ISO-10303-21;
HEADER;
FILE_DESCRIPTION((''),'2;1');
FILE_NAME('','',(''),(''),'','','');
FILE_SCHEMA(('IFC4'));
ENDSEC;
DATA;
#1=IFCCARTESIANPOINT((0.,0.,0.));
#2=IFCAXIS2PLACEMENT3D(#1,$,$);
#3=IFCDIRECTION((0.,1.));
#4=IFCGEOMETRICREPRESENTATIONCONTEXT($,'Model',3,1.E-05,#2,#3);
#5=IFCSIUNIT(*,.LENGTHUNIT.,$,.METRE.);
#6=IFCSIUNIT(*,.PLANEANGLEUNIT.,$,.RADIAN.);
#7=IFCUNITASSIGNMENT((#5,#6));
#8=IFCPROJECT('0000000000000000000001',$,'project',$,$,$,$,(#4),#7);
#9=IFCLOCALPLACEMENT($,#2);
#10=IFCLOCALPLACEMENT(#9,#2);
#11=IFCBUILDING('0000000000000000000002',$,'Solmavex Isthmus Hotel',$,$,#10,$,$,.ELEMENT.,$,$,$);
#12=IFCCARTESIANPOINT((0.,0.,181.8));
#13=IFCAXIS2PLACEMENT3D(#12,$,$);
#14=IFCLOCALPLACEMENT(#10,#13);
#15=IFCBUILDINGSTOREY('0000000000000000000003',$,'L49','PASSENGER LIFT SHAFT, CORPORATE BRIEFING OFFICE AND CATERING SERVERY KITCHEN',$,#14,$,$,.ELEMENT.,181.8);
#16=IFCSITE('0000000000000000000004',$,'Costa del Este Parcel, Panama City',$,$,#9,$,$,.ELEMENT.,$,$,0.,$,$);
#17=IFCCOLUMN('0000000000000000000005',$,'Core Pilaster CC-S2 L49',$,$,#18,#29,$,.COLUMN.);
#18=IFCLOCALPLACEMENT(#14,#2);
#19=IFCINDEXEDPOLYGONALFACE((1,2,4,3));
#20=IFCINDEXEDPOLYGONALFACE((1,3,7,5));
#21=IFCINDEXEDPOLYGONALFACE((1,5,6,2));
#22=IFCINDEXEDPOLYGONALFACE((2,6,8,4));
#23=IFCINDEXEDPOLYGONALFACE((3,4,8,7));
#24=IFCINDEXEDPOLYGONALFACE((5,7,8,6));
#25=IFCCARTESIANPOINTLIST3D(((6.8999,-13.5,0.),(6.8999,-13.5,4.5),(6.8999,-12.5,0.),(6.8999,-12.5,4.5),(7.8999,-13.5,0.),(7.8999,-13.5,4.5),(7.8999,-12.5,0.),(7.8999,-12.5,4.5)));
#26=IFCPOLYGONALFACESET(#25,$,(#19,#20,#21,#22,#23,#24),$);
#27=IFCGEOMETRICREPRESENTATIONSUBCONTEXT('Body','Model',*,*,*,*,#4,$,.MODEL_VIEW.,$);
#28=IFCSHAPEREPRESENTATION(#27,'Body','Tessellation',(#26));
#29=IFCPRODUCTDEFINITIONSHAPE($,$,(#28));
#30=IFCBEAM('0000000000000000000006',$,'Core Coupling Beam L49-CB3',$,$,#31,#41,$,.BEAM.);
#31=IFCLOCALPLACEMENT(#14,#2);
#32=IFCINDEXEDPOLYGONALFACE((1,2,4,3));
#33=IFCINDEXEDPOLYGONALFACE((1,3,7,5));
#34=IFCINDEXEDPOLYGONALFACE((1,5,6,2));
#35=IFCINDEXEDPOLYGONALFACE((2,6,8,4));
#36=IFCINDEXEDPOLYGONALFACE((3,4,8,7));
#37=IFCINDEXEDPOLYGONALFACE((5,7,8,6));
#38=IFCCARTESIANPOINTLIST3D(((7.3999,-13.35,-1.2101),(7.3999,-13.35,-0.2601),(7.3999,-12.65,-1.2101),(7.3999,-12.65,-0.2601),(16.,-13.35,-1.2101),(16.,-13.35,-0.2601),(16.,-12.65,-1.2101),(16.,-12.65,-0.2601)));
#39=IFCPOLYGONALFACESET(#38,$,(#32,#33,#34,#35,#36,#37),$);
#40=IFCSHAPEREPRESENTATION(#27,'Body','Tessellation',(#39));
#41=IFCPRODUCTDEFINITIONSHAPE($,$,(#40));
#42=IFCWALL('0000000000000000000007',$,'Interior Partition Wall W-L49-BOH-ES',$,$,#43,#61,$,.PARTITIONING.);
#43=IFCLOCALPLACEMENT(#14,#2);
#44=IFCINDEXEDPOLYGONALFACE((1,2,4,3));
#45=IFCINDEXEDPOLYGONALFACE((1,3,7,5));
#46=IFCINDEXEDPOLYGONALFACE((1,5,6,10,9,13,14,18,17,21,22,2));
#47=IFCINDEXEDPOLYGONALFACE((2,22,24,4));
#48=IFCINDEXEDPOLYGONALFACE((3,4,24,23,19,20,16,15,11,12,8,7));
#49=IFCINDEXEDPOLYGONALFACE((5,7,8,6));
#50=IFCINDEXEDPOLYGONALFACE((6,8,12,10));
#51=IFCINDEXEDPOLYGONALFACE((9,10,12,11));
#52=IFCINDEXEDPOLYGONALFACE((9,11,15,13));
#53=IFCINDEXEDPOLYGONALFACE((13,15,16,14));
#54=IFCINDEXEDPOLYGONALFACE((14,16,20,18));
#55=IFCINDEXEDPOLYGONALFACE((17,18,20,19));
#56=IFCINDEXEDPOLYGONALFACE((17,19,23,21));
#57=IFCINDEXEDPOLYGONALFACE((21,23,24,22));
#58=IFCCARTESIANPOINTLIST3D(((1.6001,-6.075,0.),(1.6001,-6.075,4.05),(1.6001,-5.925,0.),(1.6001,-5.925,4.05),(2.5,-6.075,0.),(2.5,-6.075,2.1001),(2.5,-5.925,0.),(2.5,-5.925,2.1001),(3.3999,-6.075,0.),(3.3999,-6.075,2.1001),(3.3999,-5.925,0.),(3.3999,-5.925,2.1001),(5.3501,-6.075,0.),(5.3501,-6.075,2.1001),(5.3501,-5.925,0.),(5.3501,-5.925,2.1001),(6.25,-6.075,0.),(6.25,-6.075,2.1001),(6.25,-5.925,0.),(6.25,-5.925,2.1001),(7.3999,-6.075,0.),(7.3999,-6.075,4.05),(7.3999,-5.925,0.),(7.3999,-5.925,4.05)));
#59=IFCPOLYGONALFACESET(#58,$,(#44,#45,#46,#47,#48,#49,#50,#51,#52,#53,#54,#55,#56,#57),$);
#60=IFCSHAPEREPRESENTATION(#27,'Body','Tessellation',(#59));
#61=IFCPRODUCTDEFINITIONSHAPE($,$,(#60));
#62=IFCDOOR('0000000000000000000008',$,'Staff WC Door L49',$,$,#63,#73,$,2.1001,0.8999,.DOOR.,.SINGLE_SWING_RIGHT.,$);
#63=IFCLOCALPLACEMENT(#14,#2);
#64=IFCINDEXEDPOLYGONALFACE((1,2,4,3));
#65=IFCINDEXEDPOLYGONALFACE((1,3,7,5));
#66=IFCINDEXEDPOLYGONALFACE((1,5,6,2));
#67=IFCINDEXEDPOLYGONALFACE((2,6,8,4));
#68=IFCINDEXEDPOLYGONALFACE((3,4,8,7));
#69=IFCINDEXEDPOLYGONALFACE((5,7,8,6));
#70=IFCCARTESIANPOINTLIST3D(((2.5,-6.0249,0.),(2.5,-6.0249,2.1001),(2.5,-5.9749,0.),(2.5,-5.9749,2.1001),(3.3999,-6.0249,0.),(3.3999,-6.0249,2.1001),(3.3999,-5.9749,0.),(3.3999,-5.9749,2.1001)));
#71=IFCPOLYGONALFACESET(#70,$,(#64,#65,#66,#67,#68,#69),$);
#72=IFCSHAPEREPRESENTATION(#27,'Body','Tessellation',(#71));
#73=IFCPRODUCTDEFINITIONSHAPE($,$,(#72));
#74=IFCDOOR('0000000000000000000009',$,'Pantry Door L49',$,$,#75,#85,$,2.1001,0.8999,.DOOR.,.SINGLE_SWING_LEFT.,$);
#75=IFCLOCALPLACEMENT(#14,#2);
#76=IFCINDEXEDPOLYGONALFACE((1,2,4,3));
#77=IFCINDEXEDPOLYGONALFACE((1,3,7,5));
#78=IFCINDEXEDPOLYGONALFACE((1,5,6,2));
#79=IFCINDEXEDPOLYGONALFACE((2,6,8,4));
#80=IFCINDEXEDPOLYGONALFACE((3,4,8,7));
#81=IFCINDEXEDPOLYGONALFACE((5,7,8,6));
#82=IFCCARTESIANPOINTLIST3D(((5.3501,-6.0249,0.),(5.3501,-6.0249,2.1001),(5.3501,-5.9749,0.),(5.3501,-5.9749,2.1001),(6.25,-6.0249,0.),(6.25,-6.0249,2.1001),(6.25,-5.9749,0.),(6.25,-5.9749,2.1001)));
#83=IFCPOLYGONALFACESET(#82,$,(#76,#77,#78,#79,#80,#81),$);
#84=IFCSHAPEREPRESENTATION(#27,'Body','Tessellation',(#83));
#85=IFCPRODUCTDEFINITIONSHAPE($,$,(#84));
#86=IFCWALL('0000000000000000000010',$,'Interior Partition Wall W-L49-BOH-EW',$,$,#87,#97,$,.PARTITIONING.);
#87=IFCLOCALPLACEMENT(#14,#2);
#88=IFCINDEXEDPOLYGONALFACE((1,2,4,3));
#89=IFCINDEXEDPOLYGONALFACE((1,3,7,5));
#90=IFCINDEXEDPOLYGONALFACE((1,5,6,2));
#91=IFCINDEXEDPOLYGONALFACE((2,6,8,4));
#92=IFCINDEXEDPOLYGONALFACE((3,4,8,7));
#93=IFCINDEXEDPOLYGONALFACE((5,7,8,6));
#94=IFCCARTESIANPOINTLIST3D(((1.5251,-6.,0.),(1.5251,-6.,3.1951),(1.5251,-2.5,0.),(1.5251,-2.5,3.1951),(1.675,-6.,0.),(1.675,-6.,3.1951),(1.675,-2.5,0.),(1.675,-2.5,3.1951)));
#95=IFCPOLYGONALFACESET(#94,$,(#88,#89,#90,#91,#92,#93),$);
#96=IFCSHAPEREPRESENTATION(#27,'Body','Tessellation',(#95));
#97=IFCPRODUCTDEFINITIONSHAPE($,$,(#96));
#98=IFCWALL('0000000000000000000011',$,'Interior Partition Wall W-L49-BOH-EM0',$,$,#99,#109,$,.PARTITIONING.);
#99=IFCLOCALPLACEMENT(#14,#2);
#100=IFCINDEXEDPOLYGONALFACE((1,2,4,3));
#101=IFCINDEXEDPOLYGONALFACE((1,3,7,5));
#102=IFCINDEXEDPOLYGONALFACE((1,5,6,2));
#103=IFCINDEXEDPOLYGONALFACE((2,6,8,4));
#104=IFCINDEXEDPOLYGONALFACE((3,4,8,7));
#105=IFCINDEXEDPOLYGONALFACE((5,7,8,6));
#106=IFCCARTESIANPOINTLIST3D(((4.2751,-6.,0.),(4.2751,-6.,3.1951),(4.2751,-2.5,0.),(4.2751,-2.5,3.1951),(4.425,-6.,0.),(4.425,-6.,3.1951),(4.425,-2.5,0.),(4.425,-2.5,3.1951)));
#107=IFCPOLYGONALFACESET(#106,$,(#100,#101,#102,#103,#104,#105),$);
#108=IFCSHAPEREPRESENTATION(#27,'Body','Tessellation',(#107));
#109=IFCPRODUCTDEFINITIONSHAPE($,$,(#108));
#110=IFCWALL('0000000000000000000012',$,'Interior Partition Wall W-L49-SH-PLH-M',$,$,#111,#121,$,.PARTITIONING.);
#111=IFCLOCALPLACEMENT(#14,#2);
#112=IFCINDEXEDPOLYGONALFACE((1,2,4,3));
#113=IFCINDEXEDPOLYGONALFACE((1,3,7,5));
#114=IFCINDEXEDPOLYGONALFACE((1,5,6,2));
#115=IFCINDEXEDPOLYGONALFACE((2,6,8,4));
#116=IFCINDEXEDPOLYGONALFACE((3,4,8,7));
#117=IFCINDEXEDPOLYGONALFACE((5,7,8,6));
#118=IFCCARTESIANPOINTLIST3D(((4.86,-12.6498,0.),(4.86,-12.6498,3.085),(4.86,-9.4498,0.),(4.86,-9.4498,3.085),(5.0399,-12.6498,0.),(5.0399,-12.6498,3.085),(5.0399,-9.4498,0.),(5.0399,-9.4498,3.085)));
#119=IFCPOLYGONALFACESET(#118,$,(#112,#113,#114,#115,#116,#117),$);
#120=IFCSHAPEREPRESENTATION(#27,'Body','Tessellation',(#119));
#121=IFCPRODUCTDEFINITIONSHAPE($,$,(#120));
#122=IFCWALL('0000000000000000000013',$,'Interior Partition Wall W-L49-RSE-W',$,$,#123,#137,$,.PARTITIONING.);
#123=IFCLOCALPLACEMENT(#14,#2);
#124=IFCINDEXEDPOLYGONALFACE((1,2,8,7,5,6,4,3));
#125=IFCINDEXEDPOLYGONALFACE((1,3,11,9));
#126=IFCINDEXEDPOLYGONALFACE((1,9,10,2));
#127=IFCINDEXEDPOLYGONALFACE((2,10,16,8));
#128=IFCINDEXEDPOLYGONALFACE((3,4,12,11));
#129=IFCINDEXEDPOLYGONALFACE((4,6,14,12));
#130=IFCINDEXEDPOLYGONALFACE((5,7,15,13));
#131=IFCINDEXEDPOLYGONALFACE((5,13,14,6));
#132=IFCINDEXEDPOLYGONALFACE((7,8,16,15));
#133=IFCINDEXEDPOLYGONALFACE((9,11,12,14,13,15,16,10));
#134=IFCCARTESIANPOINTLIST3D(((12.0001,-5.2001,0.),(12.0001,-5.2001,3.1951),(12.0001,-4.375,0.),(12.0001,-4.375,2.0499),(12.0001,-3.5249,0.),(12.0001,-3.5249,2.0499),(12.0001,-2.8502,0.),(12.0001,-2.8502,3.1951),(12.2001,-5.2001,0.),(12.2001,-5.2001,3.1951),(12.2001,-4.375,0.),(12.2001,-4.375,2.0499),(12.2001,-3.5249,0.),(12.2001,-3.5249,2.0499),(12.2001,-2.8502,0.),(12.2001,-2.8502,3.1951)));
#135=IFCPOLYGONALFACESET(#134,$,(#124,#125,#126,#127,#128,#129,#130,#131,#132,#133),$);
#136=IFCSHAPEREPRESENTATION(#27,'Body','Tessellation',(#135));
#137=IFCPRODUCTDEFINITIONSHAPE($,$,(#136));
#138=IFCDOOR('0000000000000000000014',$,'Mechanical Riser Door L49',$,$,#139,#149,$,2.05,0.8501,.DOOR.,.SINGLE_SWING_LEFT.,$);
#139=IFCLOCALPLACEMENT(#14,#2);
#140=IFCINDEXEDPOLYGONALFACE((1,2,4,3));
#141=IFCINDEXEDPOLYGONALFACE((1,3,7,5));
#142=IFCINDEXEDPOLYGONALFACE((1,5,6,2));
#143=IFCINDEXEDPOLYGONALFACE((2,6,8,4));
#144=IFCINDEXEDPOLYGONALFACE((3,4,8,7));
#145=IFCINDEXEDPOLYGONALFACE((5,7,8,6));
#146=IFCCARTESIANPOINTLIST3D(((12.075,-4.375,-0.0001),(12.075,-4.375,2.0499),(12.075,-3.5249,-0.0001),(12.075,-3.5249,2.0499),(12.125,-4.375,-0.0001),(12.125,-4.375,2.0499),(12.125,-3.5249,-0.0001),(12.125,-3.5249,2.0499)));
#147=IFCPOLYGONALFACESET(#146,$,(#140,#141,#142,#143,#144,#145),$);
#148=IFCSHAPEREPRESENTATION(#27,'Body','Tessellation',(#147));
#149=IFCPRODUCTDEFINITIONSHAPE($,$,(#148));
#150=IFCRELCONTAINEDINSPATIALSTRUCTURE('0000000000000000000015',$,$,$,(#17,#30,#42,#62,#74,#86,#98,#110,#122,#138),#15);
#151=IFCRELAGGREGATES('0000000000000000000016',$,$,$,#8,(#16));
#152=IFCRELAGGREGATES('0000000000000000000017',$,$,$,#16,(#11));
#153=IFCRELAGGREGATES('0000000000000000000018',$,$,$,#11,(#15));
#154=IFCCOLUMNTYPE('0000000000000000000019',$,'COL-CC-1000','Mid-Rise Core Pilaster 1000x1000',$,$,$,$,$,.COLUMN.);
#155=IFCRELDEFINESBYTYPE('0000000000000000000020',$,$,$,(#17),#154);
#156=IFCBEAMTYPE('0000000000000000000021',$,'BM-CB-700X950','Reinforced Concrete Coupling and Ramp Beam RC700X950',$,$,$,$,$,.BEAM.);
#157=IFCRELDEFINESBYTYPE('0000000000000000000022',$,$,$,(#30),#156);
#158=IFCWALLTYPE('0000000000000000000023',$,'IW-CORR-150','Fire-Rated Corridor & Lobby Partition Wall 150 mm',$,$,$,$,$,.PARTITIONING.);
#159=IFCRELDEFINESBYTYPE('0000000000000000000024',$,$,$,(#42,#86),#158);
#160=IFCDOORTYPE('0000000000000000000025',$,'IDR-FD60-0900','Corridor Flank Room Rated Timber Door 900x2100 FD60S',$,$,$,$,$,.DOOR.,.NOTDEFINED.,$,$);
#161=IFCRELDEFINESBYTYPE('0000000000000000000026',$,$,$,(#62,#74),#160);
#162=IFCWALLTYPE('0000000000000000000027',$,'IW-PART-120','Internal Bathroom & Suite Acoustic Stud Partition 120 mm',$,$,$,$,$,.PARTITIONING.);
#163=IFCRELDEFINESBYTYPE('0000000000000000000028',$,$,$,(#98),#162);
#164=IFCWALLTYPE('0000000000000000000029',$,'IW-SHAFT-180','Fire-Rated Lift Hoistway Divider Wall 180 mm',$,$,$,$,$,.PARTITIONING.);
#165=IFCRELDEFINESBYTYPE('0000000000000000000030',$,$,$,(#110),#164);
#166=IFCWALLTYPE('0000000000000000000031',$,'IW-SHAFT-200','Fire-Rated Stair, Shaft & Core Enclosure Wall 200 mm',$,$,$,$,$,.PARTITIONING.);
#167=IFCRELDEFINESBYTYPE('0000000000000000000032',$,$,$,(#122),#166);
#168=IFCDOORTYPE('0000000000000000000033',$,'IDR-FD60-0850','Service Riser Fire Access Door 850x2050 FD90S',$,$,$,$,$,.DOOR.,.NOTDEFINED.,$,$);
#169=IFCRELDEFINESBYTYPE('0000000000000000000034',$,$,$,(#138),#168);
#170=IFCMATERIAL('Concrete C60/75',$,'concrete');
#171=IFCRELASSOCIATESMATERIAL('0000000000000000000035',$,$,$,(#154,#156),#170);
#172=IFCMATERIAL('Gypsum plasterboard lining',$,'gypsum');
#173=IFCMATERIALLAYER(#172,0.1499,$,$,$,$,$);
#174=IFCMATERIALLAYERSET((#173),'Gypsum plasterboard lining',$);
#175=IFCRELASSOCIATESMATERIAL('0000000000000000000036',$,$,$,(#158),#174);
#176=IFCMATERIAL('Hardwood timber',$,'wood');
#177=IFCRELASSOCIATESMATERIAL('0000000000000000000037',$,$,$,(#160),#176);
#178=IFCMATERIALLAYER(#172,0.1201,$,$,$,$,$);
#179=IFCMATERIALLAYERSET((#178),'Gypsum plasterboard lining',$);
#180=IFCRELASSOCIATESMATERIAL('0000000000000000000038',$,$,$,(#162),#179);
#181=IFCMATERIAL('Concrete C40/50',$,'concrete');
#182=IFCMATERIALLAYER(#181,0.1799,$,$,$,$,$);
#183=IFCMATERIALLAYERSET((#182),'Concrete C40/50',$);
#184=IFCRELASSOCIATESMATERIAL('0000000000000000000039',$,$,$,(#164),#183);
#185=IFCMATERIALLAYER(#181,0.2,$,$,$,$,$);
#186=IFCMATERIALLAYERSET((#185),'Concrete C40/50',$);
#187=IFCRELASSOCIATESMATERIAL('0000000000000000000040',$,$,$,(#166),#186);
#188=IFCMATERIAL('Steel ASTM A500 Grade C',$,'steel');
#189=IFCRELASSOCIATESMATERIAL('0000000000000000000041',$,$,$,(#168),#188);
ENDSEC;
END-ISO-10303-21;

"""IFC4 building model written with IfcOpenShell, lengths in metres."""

from ifc_helpers import new_model, si_unit, direction, frame, frame_2d, origin, origin_2d, place, context, subcontext, project, spatial, rectangle, extrude, material, layer, layer_set, material_profile, profile_set, type_object, element, fill, save


model = new_model("IFC4")

# Units and contexts
model_context = context("Model", 3, precision=1e-05, world=origin(), true_north=direction((0.0, 1.0)))
body_context = subcontext(model_context, "Body", "Model", "MODEL_VIEW")
ifc_project = project(units=[si_unit("LENGTHUNIT", "METRE"), si_unit("PLANEANGLEUNIT", "RADIAN")], contexts=[model_context])

# Site, building, storey
site_placement = place(None, origin())
site = spatial("IfcSite", under=ifc_project, at=site_placement, Name="Costa del Este Parcel, Panama City", CompositionType="ELEMENT", RefElevation=0.0)
building_placement = place(site_placement, origin())
building = spatial("IfcBuilding", under=site, at=building_placement, Name="Solmavex Isthmus Hotel", CompositionType="ELEMENT")
storey_placement = place(building_placement, frame((0.0, 0.0, 181.8)))
storey = spatial("IfcBuildingStorey", under=building, at=storey_placement, Name="L49", Description="PASSENGER LIFT SHAFT, CORPORATE BRIEFING OFFICE AND CATERING SERVERY KITCHEN", CompositionType="ELEMENT", Elevation=181.8)

# Column
ifc_material_1 = material(Name="Concrete C60/75", Category="concrete")
ifc_material_profile_1 = material_profile(ifc_material_1, rectangle(XDim=1.0, YDim=1.0, at=origin_2d()), Name="RC1000X1000")
ifc_profile_set_1 = profile_set([ifc_material_profile_1], Name="Concrete C60/75")
column_type = type_object("IfcColumnType", Name="COL-CC-1000", Description="Mid-Rise Core Pilaster 1000x1000", PredefinedType="COLUMN", material=ifc_profile_set_1)
column_placement = place(storey_placement, frame((7.3999, -13.0, 0.0), z_axis=(0.0, 0.0, 1.0), x_axis=(1.0, 0.0, 0.0)))
element("IfcColumn", 1, at=column_placement, inside=storey, type_object=column_type, Name="Core Pilaster CC-S2 L49", PredefinedType="COLUMN", context=body_context, shape_type="SweptSolid", body=[
    extrude(rectangle(XDim=1.0, YDim=1.0, at=origin_2d()), origin(), (0.0, 0.0, 1.0), 4.5),
])

# Beam
ifc_material_profile_2 = material_profile(ifc_material_1, rectangle(XDim=0.7, YDim=0.95, at=origin_2d()), Name="RC700X950")
ifc_profile_set_2 = profile_set([ifc_material_profile_2], Name="Concrete C60/75")
beam_type = type_object("IfcBeamType", Name="BM-CB-700X950", Description="Reinforced Concrete Coupling and Ramp Beam RC700X950", PredefinedType="BEAM", material=ifc_profile_set_2)
beam_placement = place(storey_placement, frame((7.3999, -13.0, -0.7351), z_axis=(1.0, 0.0, 0.0), x_axis=(0.0, 1.0, 0.0)))
element("IfcBeam", 2, at=beam_placement, inside=storey, type_object=beam_type, Name="Core Coupling Beam L49-CB3", PredefinedType="BEAM", context=body_context, shape_type="SweptSolid", body=[
    extrude(rectangle(XDim=0.7, YDim=0.95, at=origin_2d()), origin(), (0.0, 0.0, 1.0), 8.6001),
])

# Wall, openings, doors
ifc_material_2 = material(Name="Gypsum plasterboard lining", Category="gypsum")
ifc_layer_1 = layer(ifc_material_2, 0.1499)
ifc_layer_set_1 = layer_set([ifc_layer_1], Name="Gypsum plasterboard lining")
wall_type_1 = type_object("IfcWallType", Name="IW-CORR-150", Description="Fire-Rated Corridor & Lobby Partition Wall 150 mm", PredefinedType="PARTITIONING", material=ifc_layer_set_1)
wall_1_placement = place(storey_placement, frame((1.6001, -6.0, 0.0), z_axis=(0.0, 0.0, 1.0), x_axis=(1.0, 0.0, 0.0)))
wall_1 = element("IfcWall", 3, at=wall_1_placement, inside=storey, type_object=wall_type_1, Name="Interior Partition Wall W-L49-BOH-ES", PredefinedType="PARTITIONING", context=body_context, shape_type="SweptSolid", body=[
    extrude(rectangle(XDim=5.7998, YDim=0.1499, at=frame_2d((2.8999, 0.0))), origin(), (0.0, 0.0, 1.0), 4.05),
])
opening_1_placement = place(wall_1_placement, frame((0.8999, 0.0, 0.0)))
opening_1 = element("IfcOpeningElement", 4, at=opening_1_placement, cuts=wall_1, PredefinedType="OPENING", context=body_context, shape_type="SweptSolid", body=[
    extrude(rectangle(XDim=0.8999, YDim=2.1001, at=frame_2d((0.45, 1.05))), frame((0.0, 0.085, 0.0), z_axis=(0.0, -1.0, 0.0), x_axis=(1.0, 0.0, 0.0)), (0.0, 0.0, 1.0), 0.1699),
])
opening_2_placement = place(wall_1_placement, frame((3.75, 0.0, 0.0)))
opening_2 = element("IfcOpeningElement", 5, at=opening_2_placement, cuts=wall_1, PredefinedType="OPENING", context=body_context, shape_type="SweptSolid", body=[
    extrude(rectangle(XDim=0.8999, YDim=2.1001, at=frame_2d((0.45, 1.05))), frame((0.0, 0.085, 0.0), z_axis=(0.0, -1.0, 0.0), x_axis=(1.0, 0.0, 0.0)), (0.0, 0.0, 1.0), 0.1699),
])
ifc_material_3 = material(Name="Hardwood timber", Category="wood")
door_type_1 = type_object("IfcDoorType", Name="IDR-FD60-0900", Description="Corridor Flank Room Rated Timber Door 900x2100 FD60S", OperationType="NOTDEFINED", PredefinedType="DOOR", material=ifc_material_3)
door_1_placement = place(opening_1_placement, frame((0.8999, 0.0, 0.0), z_axis=(0.0, 0.0, 1.0), x_axis=(-1.0, 0.0, 0.0)))
door_1 = element("IfcDoor", 6, at=door_1_placement, inside=storey, type_object=door_type_1, Name="Staff WC Door L49", OperationType="SINGLE_SWING_RIGHT", OverallHeight=2.1001, OverallWidth=0.8999, PredefinedType="DOOR", context=body_context, shape_type="SweptSolid", body=[
    extrude(rectangle(XDim=0.8999, YDim=2.1001, at=frame_2d((0.45, 1.05))), frame((0.0, 0.0249, 0.0), z_axis=(0.0, -1.0, 0.0), x_axis=(1.0, 0.0, 0.0)), (0.0, 0.0, 1.0), 0.05),
])
fill(opening_1, door_1)
door_2_placement = place(opening_2_placement, frame((0.8999, 0.0, 0.0), z_axis=(0.0, 0.0, 1.0), x_axis=(-1.0, 0.0, 0.0)))
door_2 = element("IfcDoor", 7, at=door_2_placement, inside=storey, type_object=door_type_1, Name="Pantry Door L49", OperationType="SINGLE_SWING_LEFT", OverallHeight=2.1001, OverallWidth=0.8999, PredefinedType="DOOR", context=body_context, shape_type="SweptSolid", body=[
    extrude(rectangle(XDim=0.8999, YDim=2.1001, at=frame_2d((0.45, 1.05))), frame((0.0, 0.0249, 0.0), z_axis=(0.0, -1.0, 0.0), x_axis=(1.0, 0.0, 0.0)), (0.0, 0.0, 1.0), 0.05),
])
fill(opening_2, door_2)

# Walls
wall_2_placement = place(storey_placement, frame((1.6001, -6.0, 0.0), z_axis=(0.0, 0.0, 1.0), x_axis=(0.0, 1.0, 0.0)))
element("IfcWall", 8, at=wall_2_placement, inside=storey, type_object=wall_type_1, Name="Interior Partition Wall W-L49-BOH-EW", PredefinedType="PARTITIONING", context=body_context, shape_type="SweptSolid", body=[
    extrude(rectangle(XDim=3.5, YDim=0.1499, at=frame_2d((1.75, 0.0))), origin(), (0.0, 0.0, 1.0), 3.1951),
])
ifc_layer_2 = layer(ifc_material_2, 0.1201)
ifc_layer_set_2 = layer_set([ifc_layer_2], Name="Gypsum plasterboard lining")
wall_type_2 = type_object("IfcWallType", Name="IW-PART-120", Description="Internal Bathroom & Suite Acoustic Stud Partition 120 mm", PredefinedType="PARTITIONING", material=ifc_layer_set_2)
wall_3_placement = place(storey_placement, frame((4.3501, -6.0, 0.0), z_axis=(0.0, 0.0, 1.0), x_axis=(0.0, 1.0, 0.0)))
element("IfcWall", 9, at=wall_3_placement, inside=storey, type_object=wall_type_2, Name="Interior Partition Wall W-L49-BOH-EM0", PredefinedType="PARTITIONING", context=body_context, shape_type="SweptSolid", body=[
    extrude(rectangle(XDim=3.5, YDim=0.1499, at=frame_2d((1.75, 0.0))), origin(), (0.0, 0.0, 1.0), 3.1951),
])
ifc_material_4 = material(Name="Concrete C40/50", Category="concrete")
ifc_layer_3 = layer(ifc_material_4, 0.1799)
ifc_layer_set_3 = layer_set([ifc_layer_3], Name="Concrete C40/50")
wall_type_3 = type_object("IfcWallType", Name="IW-SHAFT-180", Description="Fire-Rated Lift Hoistway Divider Wall 180 mm", PredefinedType="PARTITIONING", material=ifc_layer_set_3)
wall_4_placement = place(storey_placement, frame((4.95, -12.6499, 0.0), z_axis=(0.0, 0.0, 1.0), x_axis=(0.0, 1.0, 0.0)))
element("IfcWall", 10, at=wall_4_placement, inside=storey, type_object=wall_type_3, Name="Interior Partition Wall W-L49-SH-PLH-M", PredefinedType="PARTITIONING", context=body_context, shape_type="SweptSolid", body=[
    extrude(rectangle(XDim=3.2, YDim=0.1799, at=frame_2d((1.6001, 0.0))), origin(), (0.0, 0.0, 1.0), 3.085),
])

# Wall, opening, door
ifc_layer_4 = layer(ifc_material_4, 0.2)
ifc_layer_set_4 = layer_set([ifc_layer_4], Name="Concrete C40/50")
wall_type_4 = type_object("IfcWallType", Name="IW-SHAFT-200", Description="Fire-Rated Stair, Shaft & Core Enclosure Wall 200 mm", PredefinedType="PARTITIONING", material=ifc_layer_set_4)
wall_5_placement = place(storey_placement, frame((12.1001, -5.2, 0.0), z_axis=(0.0, 0.0, 1.0), x_axis=(0.0, 1.0, 0.0)))
wall_5 = element("IfcWall", 11, at=wall_5_placement, inside=storey, type_object=wall_type_4, Name="Interior Partition Wall W-L49-RSE-W", PredefinedType="PARTITIONING", context=body_context, shape_type="SweptSolid", body=[
    extrude(rectangle(XDim=2.3499, YDim=0.2, at=frame_2d((1.1748, 0.0))), origin(), (0.0, 0.0, 1.0), 3.1951),
])
opening_3_placement = place(wall_5_placement, frame((0.825, 0.0, 0.0)))
opening_3 = element("IfcOpeningElement", 12, at=opening_3_placement, cuts=wall_5, PredefinedType="OPENING", context=body_context, shape_type="SweptSolid", body=[
    extrude(rectangle(XDim=0.8501, YDim=2.05, at=frame_2d((0.425, 1.0249))), frame((0.0, 0.1099, 0.0), z_axis=(0.0, -1.0, 0.0), x_axis=(1.0, 0.0, 0.0)), (0.0, 0.0, 1.0), 0.22),
])
ifc_material_5 = material(Name="Steel ASTM A500 Grade C", Category="steel")
door_type_2 = type_object("IfcDoorType", Name="IDR-FD60-0850", Description="Service Riser Fire Access Door 850x2050 FD90S", OperationType="NOTDEFINED", PredefinedType="DOOR", material=ifc_material_5)
door_3_placement = place(opening_3_placement, frame((0.8501, 0.0, 0.0), z_axis=(0.0, 0.0, 1.0), x_axis=(-1.0, 0.0, 0.0)))
door_3 = element("IfcDoor", 13, at=door_3_placement, inside=storey, type_object=door_type_2, Name="Mechanical Riser Door L49", OperationType="SINGLE_SWING_LEFT", OverallHeight=2.05, OverallWidth=0.8501, PredefinedType="DOOR", context=body_context, shape_type="SweptSolid", body=[
    extrude(rectangle(XDim=0.8501, YDim=2.05, at=frame_2d((0.425, 1.0249))), frame((0.0, 0.0249, 0.0), z_axis=(0.0, -1.0, 0.0), x_axis=(1.0, 0.0, 0.0)), (0.0, 0.0, 1.0), 0.05),
])
fill(opening_3, door_3)

save(model, "model.ifc")
